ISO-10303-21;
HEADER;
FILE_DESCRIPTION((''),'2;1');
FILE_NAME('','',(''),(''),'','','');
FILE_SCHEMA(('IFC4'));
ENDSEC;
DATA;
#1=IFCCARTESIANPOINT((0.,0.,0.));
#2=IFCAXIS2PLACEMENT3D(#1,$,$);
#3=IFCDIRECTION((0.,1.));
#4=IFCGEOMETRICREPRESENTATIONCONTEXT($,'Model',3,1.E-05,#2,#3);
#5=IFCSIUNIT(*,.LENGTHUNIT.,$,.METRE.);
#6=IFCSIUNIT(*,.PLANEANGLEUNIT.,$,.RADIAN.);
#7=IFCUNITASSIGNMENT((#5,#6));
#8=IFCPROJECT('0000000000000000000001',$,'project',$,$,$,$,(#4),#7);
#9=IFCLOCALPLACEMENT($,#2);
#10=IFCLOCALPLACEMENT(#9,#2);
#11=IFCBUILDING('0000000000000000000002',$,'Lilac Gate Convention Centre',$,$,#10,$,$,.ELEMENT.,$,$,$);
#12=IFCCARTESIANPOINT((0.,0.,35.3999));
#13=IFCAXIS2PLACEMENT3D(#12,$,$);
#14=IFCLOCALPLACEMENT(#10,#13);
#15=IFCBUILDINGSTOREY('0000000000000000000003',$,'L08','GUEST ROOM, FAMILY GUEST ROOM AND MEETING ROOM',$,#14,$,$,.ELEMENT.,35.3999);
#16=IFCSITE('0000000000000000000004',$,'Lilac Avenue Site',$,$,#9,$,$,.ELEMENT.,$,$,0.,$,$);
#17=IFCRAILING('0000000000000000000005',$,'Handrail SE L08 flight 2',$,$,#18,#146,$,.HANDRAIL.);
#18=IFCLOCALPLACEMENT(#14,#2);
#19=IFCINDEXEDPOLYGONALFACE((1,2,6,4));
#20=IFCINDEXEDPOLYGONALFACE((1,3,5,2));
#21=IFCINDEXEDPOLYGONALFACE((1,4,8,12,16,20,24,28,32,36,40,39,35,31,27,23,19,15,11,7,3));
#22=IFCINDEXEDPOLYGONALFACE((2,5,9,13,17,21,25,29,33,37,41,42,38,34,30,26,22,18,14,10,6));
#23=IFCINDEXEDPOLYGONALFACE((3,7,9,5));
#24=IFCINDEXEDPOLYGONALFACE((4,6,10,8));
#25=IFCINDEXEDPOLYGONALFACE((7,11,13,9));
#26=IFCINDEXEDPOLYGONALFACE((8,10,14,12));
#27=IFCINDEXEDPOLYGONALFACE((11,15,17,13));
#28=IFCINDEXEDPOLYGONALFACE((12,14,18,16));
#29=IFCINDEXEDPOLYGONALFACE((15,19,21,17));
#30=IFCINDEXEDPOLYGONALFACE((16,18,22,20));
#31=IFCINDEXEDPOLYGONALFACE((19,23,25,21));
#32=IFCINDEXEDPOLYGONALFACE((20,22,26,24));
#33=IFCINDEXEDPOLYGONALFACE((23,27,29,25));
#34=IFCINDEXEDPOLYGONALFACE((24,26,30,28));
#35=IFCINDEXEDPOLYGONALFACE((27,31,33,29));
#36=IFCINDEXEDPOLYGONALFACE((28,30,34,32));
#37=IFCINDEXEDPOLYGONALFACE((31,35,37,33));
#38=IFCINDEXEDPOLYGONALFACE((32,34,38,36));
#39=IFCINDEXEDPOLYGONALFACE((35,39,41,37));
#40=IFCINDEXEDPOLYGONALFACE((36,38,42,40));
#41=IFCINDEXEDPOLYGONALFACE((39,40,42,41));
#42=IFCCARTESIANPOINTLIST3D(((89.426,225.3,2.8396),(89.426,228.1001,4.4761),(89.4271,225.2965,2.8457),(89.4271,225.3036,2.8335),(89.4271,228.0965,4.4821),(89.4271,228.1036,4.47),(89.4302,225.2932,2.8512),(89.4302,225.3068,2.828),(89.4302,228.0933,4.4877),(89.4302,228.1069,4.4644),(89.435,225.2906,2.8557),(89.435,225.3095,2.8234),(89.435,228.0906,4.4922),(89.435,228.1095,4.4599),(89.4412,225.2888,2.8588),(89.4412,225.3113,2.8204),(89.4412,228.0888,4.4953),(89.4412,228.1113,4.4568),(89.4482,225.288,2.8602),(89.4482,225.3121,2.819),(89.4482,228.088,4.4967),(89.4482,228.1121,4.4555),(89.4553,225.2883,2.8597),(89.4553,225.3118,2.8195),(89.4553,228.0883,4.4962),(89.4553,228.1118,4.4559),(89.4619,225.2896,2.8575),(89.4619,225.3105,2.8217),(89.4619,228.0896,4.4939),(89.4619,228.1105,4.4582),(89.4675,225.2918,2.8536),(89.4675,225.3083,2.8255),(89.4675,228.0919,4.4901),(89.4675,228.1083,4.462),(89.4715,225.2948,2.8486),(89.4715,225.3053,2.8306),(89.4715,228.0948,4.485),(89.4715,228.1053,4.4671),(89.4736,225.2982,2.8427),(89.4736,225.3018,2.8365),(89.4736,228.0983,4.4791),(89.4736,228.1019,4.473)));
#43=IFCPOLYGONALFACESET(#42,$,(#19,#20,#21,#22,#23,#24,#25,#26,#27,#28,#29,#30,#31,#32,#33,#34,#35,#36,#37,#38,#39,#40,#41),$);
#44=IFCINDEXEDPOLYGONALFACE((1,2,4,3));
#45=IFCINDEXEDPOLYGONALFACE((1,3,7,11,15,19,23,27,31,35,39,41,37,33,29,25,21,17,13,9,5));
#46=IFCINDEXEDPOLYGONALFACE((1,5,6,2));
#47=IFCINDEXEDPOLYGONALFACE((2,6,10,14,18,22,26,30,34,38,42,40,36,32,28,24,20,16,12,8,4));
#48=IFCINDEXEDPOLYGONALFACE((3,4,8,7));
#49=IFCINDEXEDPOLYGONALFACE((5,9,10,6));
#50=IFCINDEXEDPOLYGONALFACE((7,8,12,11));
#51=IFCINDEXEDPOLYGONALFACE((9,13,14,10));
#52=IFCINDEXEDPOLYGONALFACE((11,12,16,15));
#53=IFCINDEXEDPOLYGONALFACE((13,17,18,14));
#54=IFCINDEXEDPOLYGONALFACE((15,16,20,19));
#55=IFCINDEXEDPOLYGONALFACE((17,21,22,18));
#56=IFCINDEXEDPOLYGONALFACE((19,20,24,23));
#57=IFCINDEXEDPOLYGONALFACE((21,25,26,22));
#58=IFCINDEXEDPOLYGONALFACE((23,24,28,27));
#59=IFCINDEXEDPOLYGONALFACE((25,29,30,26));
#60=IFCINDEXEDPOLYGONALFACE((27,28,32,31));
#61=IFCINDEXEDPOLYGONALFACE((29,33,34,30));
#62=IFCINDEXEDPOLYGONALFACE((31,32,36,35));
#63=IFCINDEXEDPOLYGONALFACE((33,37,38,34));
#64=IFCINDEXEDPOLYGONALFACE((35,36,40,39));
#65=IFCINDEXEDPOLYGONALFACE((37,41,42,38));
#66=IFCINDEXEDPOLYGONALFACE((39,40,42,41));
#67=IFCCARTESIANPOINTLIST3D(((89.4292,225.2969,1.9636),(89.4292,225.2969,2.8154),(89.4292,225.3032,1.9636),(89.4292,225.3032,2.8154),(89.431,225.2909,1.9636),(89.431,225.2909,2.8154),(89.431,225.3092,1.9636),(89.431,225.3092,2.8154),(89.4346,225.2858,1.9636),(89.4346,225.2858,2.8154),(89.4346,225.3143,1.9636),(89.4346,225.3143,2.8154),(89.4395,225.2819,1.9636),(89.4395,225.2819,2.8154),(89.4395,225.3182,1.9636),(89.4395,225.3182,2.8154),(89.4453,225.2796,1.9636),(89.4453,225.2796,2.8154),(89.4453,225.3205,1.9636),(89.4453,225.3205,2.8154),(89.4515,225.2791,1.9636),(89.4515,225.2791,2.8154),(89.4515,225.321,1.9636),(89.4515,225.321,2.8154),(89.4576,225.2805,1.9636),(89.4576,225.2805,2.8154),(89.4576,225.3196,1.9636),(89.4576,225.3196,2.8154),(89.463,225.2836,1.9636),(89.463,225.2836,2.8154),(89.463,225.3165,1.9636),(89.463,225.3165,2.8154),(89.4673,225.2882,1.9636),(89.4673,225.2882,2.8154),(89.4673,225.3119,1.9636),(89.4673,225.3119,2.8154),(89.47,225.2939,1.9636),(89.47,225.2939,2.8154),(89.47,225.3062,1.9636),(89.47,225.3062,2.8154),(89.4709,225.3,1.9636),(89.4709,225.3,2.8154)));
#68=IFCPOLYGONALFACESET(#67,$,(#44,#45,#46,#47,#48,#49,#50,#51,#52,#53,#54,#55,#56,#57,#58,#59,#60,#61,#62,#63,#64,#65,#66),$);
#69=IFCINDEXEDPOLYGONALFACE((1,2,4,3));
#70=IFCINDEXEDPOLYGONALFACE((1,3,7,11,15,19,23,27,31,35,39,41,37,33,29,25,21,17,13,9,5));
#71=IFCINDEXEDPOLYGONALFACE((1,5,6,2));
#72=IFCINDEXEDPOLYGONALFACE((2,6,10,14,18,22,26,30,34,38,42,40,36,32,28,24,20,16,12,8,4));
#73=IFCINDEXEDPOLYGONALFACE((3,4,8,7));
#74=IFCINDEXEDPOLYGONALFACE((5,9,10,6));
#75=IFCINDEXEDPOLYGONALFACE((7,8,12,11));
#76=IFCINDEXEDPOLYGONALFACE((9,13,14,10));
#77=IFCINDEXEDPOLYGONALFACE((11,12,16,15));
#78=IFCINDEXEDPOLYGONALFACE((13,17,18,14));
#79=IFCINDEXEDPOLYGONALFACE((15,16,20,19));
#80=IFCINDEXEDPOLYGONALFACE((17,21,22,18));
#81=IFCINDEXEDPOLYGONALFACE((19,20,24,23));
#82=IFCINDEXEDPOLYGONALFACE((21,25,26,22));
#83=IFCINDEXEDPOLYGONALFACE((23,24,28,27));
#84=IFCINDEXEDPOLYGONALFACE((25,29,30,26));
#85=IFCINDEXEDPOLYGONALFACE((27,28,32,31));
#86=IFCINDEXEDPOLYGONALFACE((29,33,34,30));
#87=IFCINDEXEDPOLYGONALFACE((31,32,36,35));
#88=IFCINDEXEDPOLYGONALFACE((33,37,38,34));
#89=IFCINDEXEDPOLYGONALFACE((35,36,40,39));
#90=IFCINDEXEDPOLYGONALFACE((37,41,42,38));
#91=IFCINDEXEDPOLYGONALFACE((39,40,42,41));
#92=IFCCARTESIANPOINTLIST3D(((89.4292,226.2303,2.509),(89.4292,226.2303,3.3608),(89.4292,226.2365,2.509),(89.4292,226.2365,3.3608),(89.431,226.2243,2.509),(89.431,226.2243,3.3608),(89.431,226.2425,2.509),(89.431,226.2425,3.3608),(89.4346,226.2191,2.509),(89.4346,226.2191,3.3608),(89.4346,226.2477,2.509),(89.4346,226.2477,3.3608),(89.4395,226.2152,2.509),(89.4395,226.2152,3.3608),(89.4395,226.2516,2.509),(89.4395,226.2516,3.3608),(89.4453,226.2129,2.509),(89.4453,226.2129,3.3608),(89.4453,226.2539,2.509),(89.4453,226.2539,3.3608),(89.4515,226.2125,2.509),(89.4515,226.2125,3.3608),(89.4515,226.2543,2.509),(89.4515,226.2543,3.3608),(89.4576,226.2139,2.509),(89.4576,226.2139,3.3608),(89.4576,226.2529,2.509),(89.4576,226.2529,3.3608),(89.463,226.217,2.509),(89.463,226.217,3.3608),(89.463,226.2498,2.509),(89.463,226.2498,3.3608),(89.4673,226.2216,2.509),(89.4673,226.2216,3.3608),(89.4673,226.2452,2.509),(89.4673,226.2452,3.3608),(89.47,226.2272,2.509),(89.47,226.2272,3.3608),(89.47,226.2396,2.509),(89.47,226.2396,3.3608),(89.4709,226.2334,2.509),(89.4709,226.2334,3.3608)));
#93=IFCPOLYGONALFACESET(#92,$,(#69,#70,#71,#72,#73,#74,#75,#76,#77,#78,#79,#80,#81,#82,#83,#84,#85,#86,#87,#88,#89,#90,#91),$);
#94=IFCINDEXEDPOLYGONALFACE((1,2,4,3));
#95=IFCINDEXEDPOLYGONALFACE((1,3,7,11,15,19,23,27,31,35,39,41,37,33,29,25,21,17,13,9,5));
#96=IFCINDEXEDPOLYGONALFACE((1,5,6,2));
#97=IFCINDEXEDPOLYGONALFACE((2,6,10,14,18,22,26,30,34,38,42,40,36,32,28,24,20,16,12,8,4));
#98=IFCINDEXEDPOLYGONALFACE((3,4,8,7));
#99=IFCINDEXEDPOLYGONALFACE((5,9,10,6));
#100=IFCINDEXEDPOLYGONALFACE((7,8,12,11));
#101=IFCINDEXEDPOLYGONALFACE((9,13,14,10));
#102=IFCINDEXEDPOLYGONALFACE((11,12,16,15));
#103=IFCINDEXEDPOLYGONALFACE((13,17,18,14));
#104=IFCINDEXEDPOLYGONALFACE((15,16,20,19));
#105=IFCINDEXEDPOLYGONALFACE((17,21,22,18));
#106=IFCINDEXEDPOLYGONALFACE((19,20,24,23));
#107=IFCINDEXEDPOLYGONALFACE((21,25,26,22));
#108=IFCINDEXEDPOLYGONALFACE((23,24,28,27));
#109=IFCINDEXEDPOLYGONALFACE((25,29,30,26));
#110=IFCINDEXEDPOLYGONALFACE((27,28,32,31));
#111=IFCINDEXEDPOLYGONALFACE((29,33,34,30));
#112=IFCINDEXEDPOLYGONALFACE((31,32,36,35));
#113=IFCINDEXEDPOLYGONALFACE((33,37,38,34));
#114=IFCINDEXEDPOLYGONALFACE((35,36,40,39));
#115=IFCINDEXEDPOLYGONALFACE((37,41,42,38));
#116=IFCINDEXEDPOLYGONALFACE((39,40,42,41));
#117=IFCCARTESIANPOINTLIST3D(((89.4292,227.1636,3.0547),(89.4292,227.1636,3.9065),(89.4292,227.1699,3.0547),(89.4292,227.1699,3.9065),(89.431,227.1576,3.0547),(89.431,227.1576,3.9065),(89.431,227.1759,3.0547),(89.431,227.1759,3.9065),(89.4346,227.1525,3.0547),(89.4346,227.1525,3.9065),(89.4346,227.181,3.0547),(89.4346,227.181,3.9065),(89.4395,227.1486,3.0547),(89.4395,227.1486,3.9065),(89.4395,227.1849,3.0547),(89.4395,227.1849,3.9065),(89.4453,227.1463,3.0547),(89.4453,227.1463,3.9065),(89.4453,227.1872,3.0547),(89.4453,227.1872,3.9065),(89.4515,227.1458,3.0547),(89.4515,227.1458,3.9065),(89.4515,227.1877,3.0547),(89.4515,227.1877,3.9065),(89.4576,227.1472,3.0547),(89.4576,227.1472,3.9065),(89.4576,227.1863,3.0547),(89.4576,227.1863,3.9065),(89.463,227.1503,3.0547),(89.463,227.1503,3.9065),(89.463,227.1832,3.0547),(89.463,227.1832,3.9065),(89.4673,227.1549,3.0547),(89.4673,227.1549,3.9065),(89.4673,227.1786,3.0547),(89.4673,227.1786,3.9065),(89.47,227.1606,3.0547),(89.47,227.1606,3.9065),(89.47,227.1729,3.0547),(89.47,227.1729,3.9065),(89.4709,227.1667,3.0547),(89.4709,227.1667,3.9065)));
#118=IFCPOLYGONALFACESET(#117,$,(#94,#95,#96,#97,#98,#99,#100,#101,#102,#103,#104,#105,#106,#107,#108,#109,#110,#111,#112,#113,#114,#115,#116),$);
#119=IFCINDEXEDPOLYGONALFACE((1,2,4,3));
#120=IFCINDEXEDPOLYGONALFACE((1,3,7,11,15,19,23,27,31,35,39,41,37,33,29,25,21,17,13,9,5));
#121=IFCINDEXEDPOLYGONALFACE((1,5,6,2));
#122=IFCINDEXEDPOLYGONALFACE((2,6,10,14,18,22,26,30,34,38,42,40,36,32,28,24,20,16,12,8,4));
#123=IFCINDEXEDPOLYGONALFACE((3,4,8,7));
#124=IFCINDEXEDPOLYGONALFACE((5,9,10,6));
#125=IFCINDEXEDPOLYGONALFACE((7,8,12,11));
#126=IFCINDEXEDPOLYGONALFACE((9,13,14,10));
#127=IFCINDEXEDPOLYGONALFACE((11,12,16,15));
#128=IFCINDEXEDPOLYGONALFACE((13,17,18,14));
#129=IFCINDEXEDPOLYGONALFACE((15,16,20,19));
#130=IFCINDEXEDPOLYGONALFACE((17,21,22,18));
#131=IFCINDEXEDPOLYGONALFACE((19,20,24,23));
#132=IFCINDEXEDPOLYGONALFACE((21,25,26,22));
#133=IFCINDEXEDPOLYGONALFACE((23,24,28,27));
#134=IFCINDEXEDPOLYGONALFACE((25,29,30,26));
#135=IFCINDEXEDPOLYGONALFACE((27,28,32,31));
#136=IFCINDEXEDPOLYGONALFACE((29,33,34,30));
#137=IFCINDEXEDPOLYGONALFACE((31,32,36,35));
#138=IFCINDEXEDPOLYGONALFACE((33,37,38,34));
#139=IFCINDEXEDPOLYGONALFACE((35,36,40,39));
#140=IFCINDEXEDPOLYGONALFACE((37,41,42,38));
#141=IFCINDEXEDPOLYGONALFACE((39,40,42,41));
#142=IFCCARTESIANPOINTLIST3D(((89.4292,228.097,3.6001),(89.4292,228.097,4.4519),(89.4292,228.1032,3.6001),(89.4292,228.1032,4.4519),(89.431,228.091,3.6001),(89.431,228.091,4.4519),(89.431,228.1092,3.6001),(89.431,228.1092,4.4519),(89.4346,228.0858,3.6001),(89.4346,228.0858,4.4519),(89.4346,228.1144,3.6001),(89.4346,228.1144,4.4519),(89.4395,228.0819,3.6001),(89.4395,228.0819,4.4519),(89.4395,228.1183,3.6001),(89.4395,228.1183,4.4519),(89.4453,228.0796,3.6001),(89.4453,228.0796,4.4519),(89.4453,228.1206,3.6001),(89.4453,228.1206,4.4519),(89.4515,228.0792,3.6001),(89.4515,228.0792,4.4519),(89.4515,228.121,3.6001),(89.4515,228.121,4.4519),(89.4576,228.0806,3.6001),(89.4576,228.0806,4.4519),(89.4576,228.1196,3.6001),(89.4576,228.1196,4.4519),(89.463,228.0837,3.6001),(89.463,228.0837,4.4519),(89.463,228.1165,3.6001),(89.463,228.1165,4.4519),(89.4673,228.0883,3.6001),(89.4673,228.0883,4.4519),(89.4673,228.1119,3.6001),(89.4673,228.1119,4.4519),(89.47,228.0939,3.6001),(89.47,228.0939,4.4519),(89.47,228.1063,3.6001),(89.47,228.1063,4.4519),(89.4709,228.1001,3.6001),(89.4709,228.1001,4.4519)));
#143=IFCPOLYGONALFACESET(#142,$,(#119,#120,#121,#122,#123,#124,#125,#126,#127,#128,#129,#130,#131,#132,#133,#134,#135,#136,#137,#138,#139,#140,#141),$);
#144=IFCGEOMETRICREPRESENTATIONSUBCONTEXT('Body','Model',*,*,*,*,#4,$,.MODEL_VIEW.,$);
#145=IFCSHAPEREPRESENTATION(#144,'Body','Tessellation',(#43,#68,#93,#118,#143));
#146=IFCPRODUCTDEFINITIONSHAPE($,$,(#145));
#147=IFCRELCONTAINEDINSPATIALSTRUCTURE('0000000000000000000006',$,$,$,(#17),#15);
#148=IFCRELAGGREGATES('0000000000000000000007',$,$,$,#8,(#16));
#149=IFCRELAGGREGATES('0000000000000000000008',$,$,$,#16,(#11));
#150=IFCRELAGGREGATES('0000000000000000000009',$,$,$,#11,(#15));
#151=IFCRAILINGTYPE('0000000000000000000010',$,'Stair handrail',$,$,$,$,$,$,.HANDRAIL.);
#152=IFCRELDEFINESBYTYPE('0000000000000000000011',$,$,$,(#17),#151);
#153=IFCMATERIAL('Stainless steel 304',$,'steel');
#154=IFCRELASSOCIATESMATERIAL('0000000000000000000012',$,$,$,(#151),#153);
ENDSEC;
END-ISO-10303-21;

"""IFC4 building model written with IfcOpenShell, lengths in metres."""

from ifc_helpers import new_model, si_unit, direction, frame, origin, origin_2d, place, context, subcontext, project, spatial, circle, extrude, material, type_object, element, save


model = new_model("IFC4")

# Units and contexts
model_context = context("Model", 3, precision=1e-05, world=origin(), true_north=direction((0.0, 1.0)))
body_context = subcontext(model_context, "Body", "Model", "MODEL_VIEW")
ifc_project = project(units=[si_unit("LENGTHUNIT", "METRE"), si_unit("PLANEANGLEUNIT", "RADIAN")], contexts=[model_context])

# Site, building, storey
site_placement = place(None, origin())
site = spatial("IfcSite", under=ifc_project, at=site_placement, Name="Lilac Avenue Site", CompositionType="ELEMENT", RefElevation=0.0)
building_placement = place(site_placement, origin())
building = spatial("IfcBuilding", under=site, at=building_placement, Name="Lilac Gate Convention Centre", CompositionType="ELEMENT")
storey_placement = place(building_placement, frame((0.0, 0.0, 35.3999)))
storey = spatial("IfcBuildingStorey", under=building, at=storey_placement, Name="L08", Description="GUEST ROOM, FAMILY GUEST ROOM AND MEETING ROOM", CompositionType="ELEMENT", Elevation=35.3999)

# Railing
ifc_material_1 = material(Name="Stainless steel 304", Category="steel")
railing_type = type_object("IfcRailingType", Name="Stair handrail", PredefinedType="HANDRAIL", material=ifc_material_1)
for number, where, name in (
    (1, (89.45, 225.3, 1.9636), "Handrail SE L08 flight 2"),
):
    element("IfcRailing", number, at=place(storey_placement, frame(where)), inside=storey, type_object=railing_type, Name=name, PredefinedType="HANDRAIL", context=body_context, shape_type="SweptSolid", body=[
        extrude(circle(Radius=0.0239, at=origin_2d()), frame((0.0, 0.0, 0.876), z_axis=(0.0, 0.863361, 0.504587), x_axis=(-1.0, 0.0, 0.0)), (0.0, 0.0, 1.0), 3.2432),
        extrude(circle(Radius=0.021, at=origin_2d()), origin(), (0.0, 0.0, 1.0), 0.8518),
        extrude(circle(Radius=0.021, at=origin_2d()), frame((0.0, 0.9333, 0.5454)), (0.0, 0.0, 1.0), 0.8518),
        extrude(circle(Radius=0.021, at=origin_2d()), frame((0.0, 1.8667, 1.0911)), (0.0, 0.0, 1.0), 0.8518),
        extrude(circle(Radius=0.021, at=origin_2d()), frame((0.0, 2.8, 1.6365)), (0.0, 0.0, 1.0), 0.8518),
    ])

save(model, "model.ifc")
